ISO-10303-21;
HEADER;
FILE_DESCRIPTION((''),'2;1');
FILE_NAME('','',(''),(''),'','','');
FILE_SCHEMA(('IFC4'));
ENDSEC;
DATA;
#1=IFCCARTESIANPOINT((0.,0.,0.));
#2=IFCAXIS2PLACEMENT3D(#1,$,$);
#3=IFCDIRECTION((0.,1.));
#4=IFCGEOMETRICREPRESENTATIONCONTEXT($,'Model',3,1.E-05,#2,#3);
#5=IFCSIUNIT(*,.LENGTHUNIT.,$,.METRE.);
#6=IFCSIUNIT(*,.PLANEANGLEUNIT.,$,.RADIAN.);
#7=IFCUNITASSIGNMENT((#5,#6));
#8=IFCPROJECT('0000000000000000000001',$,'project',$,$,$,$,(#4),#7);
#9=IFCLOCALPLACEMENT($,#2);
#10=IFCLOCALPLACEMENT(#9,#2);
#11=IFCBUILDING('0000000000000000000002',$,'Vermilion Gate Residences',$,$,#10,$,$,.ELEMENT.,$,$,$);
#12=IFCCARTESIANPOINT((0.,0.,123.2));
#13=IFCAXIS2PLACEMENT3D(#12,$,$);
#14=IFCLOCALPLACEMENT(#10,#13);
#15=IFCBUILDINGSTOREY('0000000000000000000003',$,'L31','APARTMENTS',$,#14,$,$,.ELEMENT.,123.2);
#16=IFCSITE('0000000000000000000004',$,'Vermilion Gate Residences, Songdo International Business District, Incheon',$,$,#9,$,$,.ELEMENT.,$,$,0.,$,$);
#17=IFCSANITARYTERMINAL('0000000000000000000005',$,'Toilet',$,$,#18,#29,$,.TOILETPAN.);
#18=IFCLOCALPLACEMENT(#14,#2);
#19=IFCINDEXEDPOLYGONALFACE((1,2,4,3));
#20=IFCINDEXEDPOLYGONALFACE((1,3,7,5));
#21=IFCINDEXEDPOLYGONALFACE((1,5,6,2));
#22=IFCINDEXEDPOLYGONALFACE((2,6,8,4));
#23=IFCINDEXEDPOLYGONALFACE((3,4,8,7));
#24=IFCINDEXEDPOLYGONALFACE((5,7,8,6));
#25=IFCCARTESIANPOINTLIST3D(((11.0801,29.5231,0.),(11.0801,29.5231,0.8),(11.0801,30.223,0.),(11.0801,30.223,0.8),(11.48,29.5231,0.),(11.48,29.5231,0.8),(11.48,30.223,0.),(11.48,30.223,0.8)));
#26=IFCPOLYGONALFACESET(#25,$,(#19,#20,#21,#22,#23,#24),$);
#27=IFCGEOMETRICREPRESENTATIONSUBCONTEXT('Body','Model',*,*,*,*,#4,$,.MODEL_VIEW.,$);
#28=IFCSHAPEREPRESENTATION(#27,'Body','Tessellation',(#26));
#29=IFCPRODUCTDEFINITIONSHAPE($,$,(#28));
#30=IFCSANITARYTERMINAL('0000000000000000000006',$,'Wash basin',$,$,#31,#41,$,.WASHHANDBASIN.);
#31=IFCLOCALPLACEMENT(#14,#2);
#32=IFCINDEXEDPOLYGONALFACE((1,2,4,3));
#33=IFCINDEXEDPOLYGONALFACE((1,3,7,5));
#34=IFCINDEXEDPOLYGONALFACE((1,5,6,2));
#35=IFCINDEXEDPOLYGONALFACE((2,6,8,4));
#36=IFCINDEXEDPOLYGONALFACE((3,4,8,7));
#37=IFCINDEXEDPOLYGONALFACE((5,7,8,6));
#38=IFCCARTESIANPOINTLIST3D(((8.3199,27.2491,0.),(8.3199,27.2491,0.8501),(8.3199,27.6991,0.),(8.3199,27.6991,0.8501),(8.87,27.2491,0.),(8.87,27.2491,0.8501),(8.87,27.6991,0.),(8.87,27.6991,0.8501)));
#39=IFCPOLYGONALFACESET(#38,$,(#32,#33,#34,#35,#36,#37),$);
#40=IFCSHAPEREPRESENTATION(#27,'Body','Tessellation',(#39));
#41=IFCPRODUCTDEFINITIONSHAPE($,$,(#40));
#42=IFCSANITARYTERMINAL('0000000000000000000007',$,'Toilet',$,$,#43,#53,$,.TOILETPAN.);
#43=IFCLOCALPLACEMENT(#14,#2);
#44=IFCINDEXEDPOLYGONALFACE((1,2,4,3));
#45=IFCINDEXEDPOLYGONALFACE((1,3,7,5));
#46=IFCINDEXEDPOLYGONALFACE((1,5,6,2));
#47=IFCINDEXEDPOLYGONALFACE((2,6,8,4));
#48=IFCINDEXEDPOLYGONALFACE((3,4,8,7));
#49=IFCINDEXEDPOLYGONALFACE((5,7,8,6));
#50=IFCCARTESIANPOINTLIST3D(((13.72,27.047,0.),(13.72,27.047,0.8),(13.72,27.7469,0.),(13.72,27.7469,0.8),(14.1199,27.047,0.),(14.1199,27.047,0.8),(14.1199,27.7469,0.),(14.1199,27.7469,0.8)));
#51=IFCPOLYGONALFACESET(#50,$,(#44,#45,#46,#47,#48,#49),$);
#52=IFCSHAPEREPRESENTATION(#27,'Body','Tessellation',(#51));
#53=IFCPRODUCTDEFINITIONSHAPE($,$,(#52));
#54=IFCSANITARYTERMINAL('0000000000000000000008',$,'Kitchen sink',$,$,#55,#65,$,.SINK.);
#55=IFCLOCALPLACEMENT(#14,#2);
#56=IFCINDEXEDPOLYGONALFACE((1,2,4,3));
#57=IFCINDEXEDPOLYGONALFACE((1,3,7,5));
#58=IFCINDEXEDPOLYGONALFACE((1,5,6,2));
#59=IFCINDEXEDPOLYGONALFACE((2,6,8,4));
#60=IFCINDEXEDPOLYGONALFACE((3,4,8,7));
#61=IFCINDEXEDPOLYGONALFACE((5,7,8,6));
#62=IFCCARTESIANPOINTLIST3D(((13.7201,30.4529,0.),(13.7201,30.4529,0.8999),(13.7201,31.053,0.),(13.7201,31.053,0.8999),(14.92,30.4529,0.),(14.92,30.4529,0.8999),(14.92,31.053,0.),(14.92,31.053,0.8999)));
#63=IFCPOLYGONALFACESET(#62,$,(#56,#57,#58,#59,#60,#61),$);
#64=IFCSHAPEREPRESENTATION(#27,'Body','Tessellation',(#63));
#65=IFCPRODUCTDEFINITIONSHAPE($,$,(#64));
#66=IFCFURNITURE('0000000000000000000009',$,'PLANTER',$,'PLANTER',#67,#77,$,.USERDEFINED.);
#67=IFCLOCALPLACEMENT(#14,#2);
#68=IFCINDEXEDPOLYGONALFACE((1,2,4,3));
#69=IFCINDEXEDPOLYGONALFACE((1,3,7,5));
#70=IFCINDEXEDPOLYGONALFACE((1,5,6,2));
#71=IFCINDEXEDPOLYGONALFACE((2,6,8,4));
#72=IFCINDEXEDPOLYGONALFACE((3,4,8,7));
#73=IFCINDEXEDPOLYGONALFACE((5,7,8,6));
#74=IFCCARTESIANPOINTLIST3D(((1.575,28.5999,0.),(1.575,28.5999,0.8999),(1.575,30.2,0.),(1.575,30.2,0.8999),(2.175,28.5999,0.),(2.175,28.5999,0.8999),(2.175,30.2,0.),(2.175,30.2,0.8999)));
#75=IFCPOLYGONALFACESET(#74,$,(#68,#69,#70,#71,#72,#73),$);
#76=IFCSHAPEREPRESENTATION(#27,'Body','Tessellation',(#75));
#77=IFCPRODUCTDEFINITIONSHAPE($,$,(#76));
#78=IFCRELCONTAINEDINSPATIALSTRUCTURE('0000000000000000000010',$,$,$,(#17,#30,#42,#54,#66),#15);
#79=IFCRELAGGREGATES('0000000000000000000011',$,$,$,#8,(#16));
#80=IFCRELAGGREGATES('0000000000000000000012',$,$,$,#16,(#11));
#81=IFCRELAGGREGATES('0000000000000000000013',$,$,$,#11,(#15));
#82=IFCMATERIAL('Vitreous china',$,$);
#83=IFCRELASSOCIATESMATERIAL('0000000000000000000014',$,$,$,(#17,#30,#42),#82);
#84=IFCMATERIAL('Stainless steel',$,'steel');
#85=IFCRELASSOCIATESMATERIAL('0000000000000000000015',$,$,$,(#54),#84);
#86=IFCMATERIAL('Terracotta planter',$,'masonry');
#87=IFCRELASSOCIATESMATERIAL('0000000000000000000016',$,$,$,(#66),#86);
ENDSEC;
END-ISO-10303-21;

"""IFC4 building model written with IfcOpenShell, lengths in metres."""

from ifc_helpers import new_model, si_unit, direction, frame, origin, origin_2d, place, context, subcontext, project, spatial, rectangle, extrude, material, element, save


model = new_model("IFC4")

# Units and contexts
model_context = context("Model", 3, precision=1e-05, world=origin(), true_north=direction((0.0, 1.0)))
body_context = subcontext(model_context, "Body", "Model", "MODEL_VIEW")
ifc_project = project(units=[si_unit("LENGTHUNIT", "METRE"), si_unit("PLANEANGLEUNIT", "RADIAN")], contexts=[model_context])

# Site, building, storey
site_placement = place(None, origin())
site = spatial("IfcSite", under=ifc_project, at=site_placement, Name="Vermilion Gate Residences, Songdo International Business District, Incheon", CompositionType="ELEMENT", RefElevation=0.0)
building_placement = place(site_placement, origin())
building = spatial("IfcBuilding", under=site, at=building_placement, Name="Vermilion Gate Residences", CompositionType="ELEMENT")
storey_placement = place(building_placement, frame((0.0, 0.0, 123.2)))
storey = spatial("IfcBuildingStorey", under=building, at=storey_placement, Name="L31", Description="APARTMENTS", CompositionType="ELEMENT", Elevation=123.2)

# Sanitary terminals
ifc_material_1 = material(Name="Stainless steel", Category="steel")
ifc_material_2 = material(Name="Vitreous china")
sanitary_terminal_1_placement = place(storey_placement, frame((11.28, 29.873, 0.0), z_axis=(0.0, 0.0, 1.0), x_axis=(1.0, 0.0, 0.0)))
element("IfcSanitaryTerminal", 1, at=sanitary_terminal_1_placement, inside=storey, material=ifc_material_2, Name="Toilet", PredefinedType="TOILETPAN", context=body_context, shape_type="SweptSolid", body=[
    extrude(rectangle(XDim=0.3999, YDim=0.7, at=origin_2d()), origin(), (0.0, 0.0, 1.0), 0.8),
])
sanitary_terminal_2_placement = place(storey_placement, frame((8.595, 27.4741, 0.0), z_axis=(0.0, 0.0, 1.0), x_axis=(1.0, 0.0, 0.0)))
element("IfcSanitaryTerminal", 2, at=sanitary_terminal_2_placement, inside=storey, material=ifc_material_2, Name="Wash basin", PredefinedType="WASHHANDBASIN", context=body_context, shape_type="SweptSolid", body=[
    extrude(rectangle(XDim=0.55, YDim=0.45, at=origin_2d()), origin(), (0.0, 0.0, 1.0), 0.8501),
])
sanitary_terminal_3_placement = place(storey_placement, frame((13.9199, 27.397, 0.0), z_axis=(0.0, 0.0, 1.0), x_axis=(1.0, 0.0, 0.0)))
element("IfcSanitaryTerminal", 3, at=sanitary_terminal_3_placement, inside=storey, material=ifc_material_2, Name="Toilet", PredefinedType="TOILETPAN", context=body_context, shape_type="SweptSolid", body=[
    extrude(rectangle(XDim=0.3999, YDim=0.7, at=origin_2d()), origin(), (0.0, 0.0, 1.0), 0.8),
])
sanitary_terminal_4_placement = place(storey_placement, frame((14.3201, 30.7529, 0.0), z_axis=(0.0, 0.0, 1.0), x_axis=(1.0, 0.0, 0.0)))
element("IfcSanitaryTerminal", 4, at=sanitary_terminal_4_placement, inside=storey, material=ifc_material_1, Name="Kitchen sink", PredefinedType="SINK", context=body_context, shape_type="SweptSolid", body=[
    extrude(rectangle(XDim=1.2, YDim=0.6001, at=origin_2d()), origin(), (0.0, 0.0, 1.0), 0.8999),
])

# Furniture
ifc_material_3 = material(Name="Terracotta planter", Category="masonry")
furniture_placement = place(storey_placement, frame((1.875, 29.3999, 0.0), z_axis=(0.0, 0.0, 1.0), x_axis=(0.0, -1.0, 0.0)))
element("IfcFurniture", 5, at=furniture_placement, inside=storey, material=ifc_material_3, Name="PLANTER", ObjectType="PLANTER", PredefinedType="USERDEFINED", context=body_context, shape_type="SweptSolid", body=[
    extrude(rectangle(XDim=1.6001, YDim=0.6001, at=origin_2d()), origin(), (0.0, 0.0, 1.0), 0.8999),
])

save(model, "model.ifc")
